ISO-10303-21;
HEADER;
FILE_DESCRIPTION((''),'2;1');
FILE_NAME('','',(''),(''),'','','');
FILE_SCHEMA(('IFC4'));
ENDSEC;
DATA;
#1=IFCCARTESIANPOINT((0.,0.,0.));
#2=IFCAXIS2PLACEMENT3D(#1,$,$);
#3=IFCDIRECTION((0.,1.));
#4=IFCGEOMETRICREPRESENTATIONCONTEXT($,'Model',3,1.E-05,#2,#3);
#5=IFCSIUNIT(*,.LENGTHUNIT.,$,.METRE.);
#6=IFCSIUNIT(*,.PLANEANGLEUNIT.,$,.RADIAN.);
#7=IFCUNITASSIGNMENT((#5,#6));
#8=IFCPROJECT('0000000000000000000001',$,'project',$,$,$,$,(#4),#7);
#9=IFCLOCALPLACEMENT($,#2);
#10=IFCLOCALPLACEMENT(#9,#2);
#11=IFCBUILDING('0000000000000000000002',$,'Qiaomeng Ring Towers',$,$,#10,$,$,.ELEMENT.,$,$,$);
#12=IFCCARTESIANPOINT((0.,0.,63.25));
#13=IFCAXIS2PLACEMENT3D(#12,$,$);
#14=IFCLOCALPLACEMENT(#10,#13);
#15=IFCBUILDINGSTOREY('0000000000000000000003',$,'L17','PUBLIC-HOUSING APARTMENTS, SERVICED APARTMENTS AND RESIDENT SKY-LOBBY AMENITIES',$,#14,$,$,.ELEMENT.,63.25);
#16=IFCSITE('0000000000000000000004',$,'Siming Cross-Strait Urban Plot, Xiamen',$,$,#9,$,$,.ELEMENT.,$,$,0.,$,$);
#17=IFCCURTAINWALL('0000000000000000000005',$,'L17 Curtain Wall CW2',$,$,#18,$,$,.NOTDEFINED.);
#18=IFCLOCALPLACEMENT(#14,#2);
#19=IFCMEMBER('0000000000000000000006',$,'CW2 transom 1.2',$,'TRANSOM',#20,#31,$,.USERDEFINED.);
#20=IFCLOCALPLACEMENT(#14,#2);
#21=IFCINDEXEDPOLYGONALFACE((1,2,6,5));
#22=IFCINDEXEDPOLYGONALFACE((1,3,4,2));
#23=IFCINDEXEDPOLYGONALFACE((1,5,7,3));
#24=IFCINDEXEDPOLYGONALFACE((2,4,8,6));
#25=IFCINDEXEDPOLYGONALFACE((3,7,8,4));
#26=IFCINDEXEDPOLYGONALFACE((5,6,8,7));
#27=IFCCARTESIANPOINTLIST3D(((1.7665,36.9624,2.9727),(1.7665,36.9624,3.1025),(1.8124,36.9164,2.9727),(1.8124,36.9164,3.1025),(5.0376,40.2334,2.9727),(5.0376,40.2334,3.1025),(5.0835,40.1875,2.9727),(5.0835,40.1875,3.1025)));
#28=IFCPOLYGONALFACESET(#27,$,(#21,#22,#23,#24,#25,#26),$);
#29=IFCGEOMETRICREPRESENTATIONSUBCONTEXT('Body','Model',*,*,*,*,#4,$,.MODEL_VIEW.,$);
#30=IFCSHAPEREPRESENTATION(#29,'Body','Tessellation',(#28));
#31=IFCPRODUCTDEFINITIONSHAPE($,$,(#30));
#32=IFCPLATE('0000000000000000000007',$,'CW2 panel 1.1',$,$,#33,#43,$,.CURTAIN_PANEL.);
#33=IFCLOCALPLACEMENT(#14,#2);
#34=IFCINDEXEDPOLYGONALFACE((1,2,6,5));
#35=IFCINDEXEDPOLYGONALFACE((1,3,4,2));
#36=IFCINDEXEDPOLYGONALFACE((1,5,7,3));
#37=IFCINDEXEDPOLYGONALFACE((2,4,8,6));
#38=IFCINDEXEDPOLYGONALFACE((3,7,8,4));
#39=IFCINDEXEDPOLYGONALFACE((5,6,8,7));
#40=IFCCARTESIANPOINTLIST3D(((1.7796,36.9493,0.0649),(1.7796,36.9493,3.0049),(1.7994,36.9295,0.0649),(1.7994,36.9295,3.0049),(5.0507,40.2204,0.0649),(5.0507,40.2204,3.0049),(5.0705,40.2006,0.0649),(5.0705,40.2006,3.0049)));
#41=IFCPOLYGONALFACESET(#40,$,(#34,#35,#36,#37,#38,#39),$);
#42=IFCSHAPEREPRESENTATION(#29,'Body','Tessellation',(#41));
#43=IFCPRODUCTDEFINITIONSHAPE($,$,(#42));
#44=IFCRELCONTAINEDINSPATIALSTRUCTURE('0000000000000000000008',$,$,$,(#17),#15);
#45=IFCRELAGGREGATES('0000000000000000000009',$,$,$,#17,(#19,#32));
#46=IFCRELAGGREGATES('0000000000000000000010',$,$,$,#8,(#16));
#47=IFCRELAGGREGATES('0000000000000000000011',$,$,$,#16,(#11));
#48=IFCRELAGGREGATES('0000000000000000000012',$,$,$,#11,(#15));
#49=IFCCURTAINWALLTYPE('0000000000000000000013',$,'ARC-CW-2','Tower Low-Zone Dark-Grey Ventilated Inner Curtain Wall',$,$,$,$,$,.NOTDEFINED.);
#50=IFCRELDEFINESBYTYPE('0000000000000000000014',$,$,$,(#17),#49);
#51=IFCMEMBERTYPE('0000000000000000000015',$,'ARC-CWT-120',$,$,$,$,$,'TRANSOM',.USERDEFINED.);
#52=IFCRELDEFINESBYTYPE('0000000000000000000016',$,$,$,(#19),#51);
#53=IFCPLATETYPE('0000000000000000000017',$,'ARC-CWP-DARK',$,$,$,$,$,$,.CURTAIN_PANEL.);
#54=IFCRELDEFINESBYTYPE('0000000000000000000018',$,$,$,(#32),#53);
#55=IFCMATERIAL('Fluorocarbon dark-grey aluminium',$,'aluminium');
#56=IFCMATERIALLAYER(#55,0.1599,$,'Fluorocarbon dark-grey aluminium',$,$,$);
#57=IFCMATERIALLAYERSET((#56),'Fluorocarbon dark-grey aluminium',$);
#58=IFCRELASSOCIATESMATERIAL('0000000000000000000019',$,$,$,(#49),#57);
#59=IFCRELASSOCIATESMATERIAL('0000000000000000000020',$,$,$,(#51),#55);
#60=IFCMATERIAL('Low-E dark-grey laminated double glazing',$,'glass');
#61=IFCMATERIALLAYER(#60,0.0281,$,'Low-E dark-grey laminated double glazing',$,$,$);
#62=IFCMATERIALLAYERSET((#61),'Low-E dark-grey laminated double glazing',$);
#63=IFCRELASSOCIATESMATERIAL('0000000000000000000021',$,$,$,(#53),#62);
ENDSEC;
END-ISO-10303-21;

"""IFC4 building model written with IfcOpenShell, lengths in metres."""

from ifc_helpers import new_model, si_unit, direction, frame, origin, origin_2d, place, context, subcontext, project, spatial, rectangle, extrude, source, transform, mapped, material, layer, layer_set, material_profile, profile_set, type_object, element, aggregate, save


model = new_model("IFC4")

# Units and contexts
model_context = context("Model", 3, precision=1e-05, world=origin(), true_north=direction((0.0, 1.0)))
body_context = subcontext(model_context, "Body", "Model", "MODEL_VIEW")
ifc_project = project(units=[si_unit("LENGTHUNIT", "METRE"), si_unit("PLANEANGLEUNIT", "RADIAN")], contexts=[model_context])

# Site, building, storey
site_placement = place(None, origin())
site = spatial("IfcSite", under=ifc_project, at=site_placement, Name="Siming Cross-Strait Urban Plot, Xiamen", CompositionType="ELEMENT", RefElevation=0.0)
building_placement = place(site_placement, origin())
building = spatial("IfcBuilding", under=site, at=building_placement, Name="Qiaomeng Ring Towers", CompositionType="ELEMENT")
storey_placement = place(building_placement, frame((0.0, 0.0, 63.25)))
storey = spatial("IfcBuildingStorey", under=building, at=storey_placement, Name="L17", Description="PUBLIC-HOUSING APARTMENTS, SERVICED APARTMENTS AND RESIDENT SKY-LOBBY AMENITIES", CompositionType="ELEMENT", Elevation=63.25)

# Curtain wall, member, plate
ifc_material_1 = material(Name="Fluorocarbon dark-grey aluminium", Category="aluminium")
ifc_layer_1 = layer(ifc_material_1, 0.1599, Name="Fluorocarbon dark-grey aluminium")
ifc_layer_set_1 = layer_set([ifc_layer_1], Name="Fluorocarbon dark-grey aluminium")
curtain_wall_type = type_object("IfcCurtainWallType", Name="ARC-CW-2", Description="Tower Low-Zone Dark-Grey Ventilated Inner Curtain Wall", PredefinedType="NOTDEFINED", material=ifc_layer_set_1)
curtain_wall_placement = place(storey_placement, origin())
curtain_wall = element("IfcCurtainWall", 1, at=curtain_wall_placement, inside=storey, type_object=curtain_wall_type, Name="L17 Curtain Wall CW2", PredefinedType="NOTDEFINED")
ifc_material_profile_1 = material_profile(ifc_material_1, rectangle(XDim=0.0649, YDim=0.1299, at=origin_2d()), Name="ALU TRAN 65x130")
ifc_profile_set_1 = profile_set([ifc_material_profile_1], Name="Fluorocarbon dark-grey aluminium")
member_type_1 = type_object("IfcMemberType", Name="ARC-CWT-120", ElementType="TRANSOM", PredefinedType="USERDEFINED", material=ifc_profile_set_1)
shared_shape_1 = source(origin(), body_context, "Body", "SweptSolid", [
    extrude(rectangle(XDim=0.0649, YDim=0.1299, at=origin_2d()), origin(), (0.0, 0.0, 1.0), 4.626),
])
member_1_placement = place(storey_placement, frame((5.0605, 40.2104, 3.0376), z_axis=(-0.707107, -0.707107, 0.0), x_axis=(0.707107, -0.707107, 0.0)))
member_1 = element("IfcMember", 2, at=member_1_placement, type_object=member_type_1, Name="CW2 transom 1.2", ObjectType="TRANSOM", PredefinedType="USERDEFINED", context=body_context, shape_type="MappedRepresentation", body=[
    mapped(shared_shape_1, transform((0.0, 0.0, 0.0), x_axis=(1.0, 0.0, 0.0), y_axis=(0.0, 1.0, 0.0), z_axis=(0.0, 0.0, 1.0), scale=1.0)),
])
ifc_material_2 = material(Name="Low-E dark-grey laminated double glazing", Category="glass")
ifc_layer_2 = layer(ifc_material_2, 0.0281, Name="Low-E dark-grey laminated double glazing")
ifc_layer_set_2 = layer_set([ifc_layer_2], Name="Low-E dark-grey laminated double glazing")
plate_type = type_object("IfcPlateType", Name="ARC-CWP-DARK", PredefinedType="CURTAIN_PANEL", material=ifc_layer_set_2)
shared_shape_2 = source(origin(), body_context, "Body", "SweptSolid", [
    extrude(rectangle(XDim=4.626, YDim=0.0281, at=origin_2d()), origin(), (0.0, 0.0, 1.0), 2.9399),
])
plate_placement = place(storey_placement, frame((3.425, 38.575, 0.0649), z_axis=(0.0, 0.0, 1.0), x_axis=(-0.707107, -0.707107, 0.0)))
plate = element("IfcPlate", 3, at=plate_placement, type_object=plate_type, Name="CW2 panel 1.1", PredefinedType="CURTAIN_PANEL", context=body_context, shape_type="MappedRepresentation", body=[
    mapped(shared_shape_2, transform((0.0, 0.0, 0.0), x_axis=(1.0, 0.0, 0.0), y_axis=(0.0, 1.0, 0.0), z_axis=(0.0, 0.0, 1.0), scale=1.0)),
])
aggregate(curtain_wall, [member_1, plate])

save(model, "model.ifc")
